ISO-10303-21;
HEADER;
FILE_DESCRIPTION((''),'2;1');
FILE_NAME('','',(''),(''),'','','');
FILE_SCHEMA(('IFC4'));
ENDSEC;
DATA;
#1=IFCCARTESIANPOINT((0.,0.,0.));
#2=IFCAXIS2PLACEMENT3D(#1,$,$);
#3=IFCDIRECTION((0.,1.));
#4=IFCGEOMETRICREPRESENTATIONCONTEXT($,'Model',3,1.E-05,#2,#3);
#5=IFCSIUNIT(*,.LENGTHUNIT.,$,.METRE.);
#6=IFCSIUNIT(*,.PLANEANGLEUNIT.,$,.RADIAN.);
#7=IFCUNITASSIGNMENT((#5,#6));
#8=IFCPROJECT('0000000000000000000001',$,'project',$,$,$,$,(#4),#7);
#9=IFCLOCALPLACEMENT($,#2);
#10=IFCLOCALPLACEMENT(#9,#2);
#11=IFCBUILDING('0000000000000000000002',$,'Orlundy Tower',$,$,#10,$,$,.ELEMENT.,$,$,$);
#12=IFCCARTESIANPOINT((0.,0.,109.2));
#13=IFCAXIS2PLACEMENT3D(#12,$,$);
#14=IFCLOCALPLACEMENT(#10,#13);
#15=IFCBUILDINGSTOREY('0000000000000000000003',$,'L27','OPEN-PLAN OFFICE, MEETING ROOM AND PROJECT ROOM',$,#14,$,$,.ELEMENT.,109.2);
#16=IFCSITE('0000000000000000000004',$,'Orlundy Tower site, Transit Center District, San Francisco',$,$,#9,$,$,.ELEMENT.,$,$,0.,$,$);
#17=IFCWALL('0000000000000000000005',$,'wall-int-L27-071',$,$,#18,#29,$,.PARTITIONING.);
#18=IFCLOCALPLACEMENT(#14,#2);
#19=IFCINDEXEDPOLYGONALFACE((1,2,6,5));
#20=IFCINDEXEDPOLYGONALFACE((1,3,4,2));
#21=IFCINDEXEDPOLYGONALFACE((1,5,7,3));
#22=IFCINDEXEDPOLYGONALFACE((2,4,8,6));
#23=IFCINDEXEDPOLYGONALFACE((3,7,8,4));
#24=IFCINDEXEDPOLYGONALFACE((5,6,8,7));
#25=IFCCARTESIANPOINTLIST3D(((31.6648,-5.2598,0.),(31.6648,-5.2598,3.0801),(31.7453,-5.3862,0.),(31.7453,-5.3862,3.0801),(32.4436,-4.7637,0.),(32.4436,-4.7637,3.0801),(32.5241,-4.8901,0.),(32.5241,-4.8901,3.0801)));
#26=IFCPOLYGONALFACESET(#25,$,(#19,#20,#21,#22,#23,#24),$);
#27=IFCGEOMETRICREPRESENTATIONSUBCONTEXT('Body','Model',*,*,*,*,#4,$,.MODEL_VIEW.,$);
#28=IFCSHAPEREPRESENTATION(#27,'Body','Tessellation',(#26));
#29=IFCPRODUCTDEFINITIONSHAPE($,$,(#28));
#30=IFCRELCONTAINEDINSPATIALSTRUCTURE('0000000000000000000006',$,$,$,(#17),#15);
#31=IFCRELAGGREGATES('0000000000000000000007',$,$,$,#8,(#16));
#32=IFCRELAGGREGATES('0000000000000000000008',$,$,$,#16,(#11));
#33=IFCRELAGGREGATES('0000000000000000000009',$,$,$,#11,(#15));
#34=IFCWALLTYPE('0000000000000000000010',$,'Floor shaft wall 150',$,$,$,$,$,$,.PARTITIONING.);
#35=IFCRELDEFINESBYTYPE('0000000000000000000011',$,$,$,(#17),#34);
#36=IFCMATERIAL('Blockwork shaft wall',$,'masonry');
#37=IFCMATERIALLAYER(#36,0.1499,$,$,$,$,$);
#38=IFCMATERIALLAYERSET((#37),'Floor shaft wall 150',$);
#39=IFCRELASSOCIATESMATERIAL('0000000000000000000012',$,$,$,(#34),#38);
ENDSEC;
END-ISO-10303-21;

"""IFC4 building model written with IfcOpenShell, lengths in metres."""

from ifc_helpers import new_model, si_unit, direction, frame, frame_2d, origin, place, context, subcontext, project, spatial, rectangle, extrude, material, layer, layer_set, type_object, element, save


model = new_model("IFC4")

# Units and contexts
model_context = context("Model", 3, precision=1e-05, world=origin(), true_north=direction((0.0, 1.0)))
body_context = subcontext(model_context, "Body", "Model", "MODEL_VIEW")
ifc_project = project(units=[si_unit("LENGTHUNIT", "METRE"), si_unit("PLANEANGLEUNIT", "RADIAN")], contexts=[model_context])

# Site, building, storey
site_placement = place(None, origin())
site = spatial("IfcSite", under=ifc_project, at=site_placement, Name="Orlundy Tower site, Transit Center District, San Francisco", CompositionType="ELEMENT", RefElevation=0.0)
building_placement = place(site_placement, origin())
building = spatial("IfcBuilding", under=site, at=building_placement, Name="Orlundy Tower", CompositionType="ELEMENT")
storey_placement = place(building_placement, frame((0.0, 0.0, 109.2)))
storey = spatial("IfcBuildingStorey", under=building, at=storey_placement, Name="L27", Description="OPEN-PLAN OFFICE, MEETING ROOM AND PROJECT ROOM", CompositionType="ELEMENT", Elevation=109.2)

# Wall
ifc_material_1 = material(Name="Blockwork shaft wall", Category="masonry")
ifc_layer_1 = layer(ifc_material_1, 0.1499)
ifc_layer_set_1 = layer_set([ifc_layer_1], Name="Floor shaft wall 150")
wall_type_1 = type_object("IfcWallType", Name="Floor shaft wall 150", PredefinedType="PARTITIONING", material=ifc_layer_set_1)
wall_1_placement = place(storey_placement, frame((31.7051, -5.323, 0.0), z_axis=(0.0, 0.0, 1.0), x_axis=(0.843422, 0.537252, 0.0)))
element("IfcWall", 1, at=wall_1_placement, inside=storey, type_object=wall_type_1, Name="wall-int-L27-071", PredefinedType="PARTITIONING", context=body_context, shape_type="SweptSolid", body=[
    extrude(rectangle(XDim=0.9233, YDim=0.1499, at=frame_2d((0.4617, 0.0))), origin(), (0.0, 0.0, 1.0), 3.0801),
])

save(model, "model.ifc")
